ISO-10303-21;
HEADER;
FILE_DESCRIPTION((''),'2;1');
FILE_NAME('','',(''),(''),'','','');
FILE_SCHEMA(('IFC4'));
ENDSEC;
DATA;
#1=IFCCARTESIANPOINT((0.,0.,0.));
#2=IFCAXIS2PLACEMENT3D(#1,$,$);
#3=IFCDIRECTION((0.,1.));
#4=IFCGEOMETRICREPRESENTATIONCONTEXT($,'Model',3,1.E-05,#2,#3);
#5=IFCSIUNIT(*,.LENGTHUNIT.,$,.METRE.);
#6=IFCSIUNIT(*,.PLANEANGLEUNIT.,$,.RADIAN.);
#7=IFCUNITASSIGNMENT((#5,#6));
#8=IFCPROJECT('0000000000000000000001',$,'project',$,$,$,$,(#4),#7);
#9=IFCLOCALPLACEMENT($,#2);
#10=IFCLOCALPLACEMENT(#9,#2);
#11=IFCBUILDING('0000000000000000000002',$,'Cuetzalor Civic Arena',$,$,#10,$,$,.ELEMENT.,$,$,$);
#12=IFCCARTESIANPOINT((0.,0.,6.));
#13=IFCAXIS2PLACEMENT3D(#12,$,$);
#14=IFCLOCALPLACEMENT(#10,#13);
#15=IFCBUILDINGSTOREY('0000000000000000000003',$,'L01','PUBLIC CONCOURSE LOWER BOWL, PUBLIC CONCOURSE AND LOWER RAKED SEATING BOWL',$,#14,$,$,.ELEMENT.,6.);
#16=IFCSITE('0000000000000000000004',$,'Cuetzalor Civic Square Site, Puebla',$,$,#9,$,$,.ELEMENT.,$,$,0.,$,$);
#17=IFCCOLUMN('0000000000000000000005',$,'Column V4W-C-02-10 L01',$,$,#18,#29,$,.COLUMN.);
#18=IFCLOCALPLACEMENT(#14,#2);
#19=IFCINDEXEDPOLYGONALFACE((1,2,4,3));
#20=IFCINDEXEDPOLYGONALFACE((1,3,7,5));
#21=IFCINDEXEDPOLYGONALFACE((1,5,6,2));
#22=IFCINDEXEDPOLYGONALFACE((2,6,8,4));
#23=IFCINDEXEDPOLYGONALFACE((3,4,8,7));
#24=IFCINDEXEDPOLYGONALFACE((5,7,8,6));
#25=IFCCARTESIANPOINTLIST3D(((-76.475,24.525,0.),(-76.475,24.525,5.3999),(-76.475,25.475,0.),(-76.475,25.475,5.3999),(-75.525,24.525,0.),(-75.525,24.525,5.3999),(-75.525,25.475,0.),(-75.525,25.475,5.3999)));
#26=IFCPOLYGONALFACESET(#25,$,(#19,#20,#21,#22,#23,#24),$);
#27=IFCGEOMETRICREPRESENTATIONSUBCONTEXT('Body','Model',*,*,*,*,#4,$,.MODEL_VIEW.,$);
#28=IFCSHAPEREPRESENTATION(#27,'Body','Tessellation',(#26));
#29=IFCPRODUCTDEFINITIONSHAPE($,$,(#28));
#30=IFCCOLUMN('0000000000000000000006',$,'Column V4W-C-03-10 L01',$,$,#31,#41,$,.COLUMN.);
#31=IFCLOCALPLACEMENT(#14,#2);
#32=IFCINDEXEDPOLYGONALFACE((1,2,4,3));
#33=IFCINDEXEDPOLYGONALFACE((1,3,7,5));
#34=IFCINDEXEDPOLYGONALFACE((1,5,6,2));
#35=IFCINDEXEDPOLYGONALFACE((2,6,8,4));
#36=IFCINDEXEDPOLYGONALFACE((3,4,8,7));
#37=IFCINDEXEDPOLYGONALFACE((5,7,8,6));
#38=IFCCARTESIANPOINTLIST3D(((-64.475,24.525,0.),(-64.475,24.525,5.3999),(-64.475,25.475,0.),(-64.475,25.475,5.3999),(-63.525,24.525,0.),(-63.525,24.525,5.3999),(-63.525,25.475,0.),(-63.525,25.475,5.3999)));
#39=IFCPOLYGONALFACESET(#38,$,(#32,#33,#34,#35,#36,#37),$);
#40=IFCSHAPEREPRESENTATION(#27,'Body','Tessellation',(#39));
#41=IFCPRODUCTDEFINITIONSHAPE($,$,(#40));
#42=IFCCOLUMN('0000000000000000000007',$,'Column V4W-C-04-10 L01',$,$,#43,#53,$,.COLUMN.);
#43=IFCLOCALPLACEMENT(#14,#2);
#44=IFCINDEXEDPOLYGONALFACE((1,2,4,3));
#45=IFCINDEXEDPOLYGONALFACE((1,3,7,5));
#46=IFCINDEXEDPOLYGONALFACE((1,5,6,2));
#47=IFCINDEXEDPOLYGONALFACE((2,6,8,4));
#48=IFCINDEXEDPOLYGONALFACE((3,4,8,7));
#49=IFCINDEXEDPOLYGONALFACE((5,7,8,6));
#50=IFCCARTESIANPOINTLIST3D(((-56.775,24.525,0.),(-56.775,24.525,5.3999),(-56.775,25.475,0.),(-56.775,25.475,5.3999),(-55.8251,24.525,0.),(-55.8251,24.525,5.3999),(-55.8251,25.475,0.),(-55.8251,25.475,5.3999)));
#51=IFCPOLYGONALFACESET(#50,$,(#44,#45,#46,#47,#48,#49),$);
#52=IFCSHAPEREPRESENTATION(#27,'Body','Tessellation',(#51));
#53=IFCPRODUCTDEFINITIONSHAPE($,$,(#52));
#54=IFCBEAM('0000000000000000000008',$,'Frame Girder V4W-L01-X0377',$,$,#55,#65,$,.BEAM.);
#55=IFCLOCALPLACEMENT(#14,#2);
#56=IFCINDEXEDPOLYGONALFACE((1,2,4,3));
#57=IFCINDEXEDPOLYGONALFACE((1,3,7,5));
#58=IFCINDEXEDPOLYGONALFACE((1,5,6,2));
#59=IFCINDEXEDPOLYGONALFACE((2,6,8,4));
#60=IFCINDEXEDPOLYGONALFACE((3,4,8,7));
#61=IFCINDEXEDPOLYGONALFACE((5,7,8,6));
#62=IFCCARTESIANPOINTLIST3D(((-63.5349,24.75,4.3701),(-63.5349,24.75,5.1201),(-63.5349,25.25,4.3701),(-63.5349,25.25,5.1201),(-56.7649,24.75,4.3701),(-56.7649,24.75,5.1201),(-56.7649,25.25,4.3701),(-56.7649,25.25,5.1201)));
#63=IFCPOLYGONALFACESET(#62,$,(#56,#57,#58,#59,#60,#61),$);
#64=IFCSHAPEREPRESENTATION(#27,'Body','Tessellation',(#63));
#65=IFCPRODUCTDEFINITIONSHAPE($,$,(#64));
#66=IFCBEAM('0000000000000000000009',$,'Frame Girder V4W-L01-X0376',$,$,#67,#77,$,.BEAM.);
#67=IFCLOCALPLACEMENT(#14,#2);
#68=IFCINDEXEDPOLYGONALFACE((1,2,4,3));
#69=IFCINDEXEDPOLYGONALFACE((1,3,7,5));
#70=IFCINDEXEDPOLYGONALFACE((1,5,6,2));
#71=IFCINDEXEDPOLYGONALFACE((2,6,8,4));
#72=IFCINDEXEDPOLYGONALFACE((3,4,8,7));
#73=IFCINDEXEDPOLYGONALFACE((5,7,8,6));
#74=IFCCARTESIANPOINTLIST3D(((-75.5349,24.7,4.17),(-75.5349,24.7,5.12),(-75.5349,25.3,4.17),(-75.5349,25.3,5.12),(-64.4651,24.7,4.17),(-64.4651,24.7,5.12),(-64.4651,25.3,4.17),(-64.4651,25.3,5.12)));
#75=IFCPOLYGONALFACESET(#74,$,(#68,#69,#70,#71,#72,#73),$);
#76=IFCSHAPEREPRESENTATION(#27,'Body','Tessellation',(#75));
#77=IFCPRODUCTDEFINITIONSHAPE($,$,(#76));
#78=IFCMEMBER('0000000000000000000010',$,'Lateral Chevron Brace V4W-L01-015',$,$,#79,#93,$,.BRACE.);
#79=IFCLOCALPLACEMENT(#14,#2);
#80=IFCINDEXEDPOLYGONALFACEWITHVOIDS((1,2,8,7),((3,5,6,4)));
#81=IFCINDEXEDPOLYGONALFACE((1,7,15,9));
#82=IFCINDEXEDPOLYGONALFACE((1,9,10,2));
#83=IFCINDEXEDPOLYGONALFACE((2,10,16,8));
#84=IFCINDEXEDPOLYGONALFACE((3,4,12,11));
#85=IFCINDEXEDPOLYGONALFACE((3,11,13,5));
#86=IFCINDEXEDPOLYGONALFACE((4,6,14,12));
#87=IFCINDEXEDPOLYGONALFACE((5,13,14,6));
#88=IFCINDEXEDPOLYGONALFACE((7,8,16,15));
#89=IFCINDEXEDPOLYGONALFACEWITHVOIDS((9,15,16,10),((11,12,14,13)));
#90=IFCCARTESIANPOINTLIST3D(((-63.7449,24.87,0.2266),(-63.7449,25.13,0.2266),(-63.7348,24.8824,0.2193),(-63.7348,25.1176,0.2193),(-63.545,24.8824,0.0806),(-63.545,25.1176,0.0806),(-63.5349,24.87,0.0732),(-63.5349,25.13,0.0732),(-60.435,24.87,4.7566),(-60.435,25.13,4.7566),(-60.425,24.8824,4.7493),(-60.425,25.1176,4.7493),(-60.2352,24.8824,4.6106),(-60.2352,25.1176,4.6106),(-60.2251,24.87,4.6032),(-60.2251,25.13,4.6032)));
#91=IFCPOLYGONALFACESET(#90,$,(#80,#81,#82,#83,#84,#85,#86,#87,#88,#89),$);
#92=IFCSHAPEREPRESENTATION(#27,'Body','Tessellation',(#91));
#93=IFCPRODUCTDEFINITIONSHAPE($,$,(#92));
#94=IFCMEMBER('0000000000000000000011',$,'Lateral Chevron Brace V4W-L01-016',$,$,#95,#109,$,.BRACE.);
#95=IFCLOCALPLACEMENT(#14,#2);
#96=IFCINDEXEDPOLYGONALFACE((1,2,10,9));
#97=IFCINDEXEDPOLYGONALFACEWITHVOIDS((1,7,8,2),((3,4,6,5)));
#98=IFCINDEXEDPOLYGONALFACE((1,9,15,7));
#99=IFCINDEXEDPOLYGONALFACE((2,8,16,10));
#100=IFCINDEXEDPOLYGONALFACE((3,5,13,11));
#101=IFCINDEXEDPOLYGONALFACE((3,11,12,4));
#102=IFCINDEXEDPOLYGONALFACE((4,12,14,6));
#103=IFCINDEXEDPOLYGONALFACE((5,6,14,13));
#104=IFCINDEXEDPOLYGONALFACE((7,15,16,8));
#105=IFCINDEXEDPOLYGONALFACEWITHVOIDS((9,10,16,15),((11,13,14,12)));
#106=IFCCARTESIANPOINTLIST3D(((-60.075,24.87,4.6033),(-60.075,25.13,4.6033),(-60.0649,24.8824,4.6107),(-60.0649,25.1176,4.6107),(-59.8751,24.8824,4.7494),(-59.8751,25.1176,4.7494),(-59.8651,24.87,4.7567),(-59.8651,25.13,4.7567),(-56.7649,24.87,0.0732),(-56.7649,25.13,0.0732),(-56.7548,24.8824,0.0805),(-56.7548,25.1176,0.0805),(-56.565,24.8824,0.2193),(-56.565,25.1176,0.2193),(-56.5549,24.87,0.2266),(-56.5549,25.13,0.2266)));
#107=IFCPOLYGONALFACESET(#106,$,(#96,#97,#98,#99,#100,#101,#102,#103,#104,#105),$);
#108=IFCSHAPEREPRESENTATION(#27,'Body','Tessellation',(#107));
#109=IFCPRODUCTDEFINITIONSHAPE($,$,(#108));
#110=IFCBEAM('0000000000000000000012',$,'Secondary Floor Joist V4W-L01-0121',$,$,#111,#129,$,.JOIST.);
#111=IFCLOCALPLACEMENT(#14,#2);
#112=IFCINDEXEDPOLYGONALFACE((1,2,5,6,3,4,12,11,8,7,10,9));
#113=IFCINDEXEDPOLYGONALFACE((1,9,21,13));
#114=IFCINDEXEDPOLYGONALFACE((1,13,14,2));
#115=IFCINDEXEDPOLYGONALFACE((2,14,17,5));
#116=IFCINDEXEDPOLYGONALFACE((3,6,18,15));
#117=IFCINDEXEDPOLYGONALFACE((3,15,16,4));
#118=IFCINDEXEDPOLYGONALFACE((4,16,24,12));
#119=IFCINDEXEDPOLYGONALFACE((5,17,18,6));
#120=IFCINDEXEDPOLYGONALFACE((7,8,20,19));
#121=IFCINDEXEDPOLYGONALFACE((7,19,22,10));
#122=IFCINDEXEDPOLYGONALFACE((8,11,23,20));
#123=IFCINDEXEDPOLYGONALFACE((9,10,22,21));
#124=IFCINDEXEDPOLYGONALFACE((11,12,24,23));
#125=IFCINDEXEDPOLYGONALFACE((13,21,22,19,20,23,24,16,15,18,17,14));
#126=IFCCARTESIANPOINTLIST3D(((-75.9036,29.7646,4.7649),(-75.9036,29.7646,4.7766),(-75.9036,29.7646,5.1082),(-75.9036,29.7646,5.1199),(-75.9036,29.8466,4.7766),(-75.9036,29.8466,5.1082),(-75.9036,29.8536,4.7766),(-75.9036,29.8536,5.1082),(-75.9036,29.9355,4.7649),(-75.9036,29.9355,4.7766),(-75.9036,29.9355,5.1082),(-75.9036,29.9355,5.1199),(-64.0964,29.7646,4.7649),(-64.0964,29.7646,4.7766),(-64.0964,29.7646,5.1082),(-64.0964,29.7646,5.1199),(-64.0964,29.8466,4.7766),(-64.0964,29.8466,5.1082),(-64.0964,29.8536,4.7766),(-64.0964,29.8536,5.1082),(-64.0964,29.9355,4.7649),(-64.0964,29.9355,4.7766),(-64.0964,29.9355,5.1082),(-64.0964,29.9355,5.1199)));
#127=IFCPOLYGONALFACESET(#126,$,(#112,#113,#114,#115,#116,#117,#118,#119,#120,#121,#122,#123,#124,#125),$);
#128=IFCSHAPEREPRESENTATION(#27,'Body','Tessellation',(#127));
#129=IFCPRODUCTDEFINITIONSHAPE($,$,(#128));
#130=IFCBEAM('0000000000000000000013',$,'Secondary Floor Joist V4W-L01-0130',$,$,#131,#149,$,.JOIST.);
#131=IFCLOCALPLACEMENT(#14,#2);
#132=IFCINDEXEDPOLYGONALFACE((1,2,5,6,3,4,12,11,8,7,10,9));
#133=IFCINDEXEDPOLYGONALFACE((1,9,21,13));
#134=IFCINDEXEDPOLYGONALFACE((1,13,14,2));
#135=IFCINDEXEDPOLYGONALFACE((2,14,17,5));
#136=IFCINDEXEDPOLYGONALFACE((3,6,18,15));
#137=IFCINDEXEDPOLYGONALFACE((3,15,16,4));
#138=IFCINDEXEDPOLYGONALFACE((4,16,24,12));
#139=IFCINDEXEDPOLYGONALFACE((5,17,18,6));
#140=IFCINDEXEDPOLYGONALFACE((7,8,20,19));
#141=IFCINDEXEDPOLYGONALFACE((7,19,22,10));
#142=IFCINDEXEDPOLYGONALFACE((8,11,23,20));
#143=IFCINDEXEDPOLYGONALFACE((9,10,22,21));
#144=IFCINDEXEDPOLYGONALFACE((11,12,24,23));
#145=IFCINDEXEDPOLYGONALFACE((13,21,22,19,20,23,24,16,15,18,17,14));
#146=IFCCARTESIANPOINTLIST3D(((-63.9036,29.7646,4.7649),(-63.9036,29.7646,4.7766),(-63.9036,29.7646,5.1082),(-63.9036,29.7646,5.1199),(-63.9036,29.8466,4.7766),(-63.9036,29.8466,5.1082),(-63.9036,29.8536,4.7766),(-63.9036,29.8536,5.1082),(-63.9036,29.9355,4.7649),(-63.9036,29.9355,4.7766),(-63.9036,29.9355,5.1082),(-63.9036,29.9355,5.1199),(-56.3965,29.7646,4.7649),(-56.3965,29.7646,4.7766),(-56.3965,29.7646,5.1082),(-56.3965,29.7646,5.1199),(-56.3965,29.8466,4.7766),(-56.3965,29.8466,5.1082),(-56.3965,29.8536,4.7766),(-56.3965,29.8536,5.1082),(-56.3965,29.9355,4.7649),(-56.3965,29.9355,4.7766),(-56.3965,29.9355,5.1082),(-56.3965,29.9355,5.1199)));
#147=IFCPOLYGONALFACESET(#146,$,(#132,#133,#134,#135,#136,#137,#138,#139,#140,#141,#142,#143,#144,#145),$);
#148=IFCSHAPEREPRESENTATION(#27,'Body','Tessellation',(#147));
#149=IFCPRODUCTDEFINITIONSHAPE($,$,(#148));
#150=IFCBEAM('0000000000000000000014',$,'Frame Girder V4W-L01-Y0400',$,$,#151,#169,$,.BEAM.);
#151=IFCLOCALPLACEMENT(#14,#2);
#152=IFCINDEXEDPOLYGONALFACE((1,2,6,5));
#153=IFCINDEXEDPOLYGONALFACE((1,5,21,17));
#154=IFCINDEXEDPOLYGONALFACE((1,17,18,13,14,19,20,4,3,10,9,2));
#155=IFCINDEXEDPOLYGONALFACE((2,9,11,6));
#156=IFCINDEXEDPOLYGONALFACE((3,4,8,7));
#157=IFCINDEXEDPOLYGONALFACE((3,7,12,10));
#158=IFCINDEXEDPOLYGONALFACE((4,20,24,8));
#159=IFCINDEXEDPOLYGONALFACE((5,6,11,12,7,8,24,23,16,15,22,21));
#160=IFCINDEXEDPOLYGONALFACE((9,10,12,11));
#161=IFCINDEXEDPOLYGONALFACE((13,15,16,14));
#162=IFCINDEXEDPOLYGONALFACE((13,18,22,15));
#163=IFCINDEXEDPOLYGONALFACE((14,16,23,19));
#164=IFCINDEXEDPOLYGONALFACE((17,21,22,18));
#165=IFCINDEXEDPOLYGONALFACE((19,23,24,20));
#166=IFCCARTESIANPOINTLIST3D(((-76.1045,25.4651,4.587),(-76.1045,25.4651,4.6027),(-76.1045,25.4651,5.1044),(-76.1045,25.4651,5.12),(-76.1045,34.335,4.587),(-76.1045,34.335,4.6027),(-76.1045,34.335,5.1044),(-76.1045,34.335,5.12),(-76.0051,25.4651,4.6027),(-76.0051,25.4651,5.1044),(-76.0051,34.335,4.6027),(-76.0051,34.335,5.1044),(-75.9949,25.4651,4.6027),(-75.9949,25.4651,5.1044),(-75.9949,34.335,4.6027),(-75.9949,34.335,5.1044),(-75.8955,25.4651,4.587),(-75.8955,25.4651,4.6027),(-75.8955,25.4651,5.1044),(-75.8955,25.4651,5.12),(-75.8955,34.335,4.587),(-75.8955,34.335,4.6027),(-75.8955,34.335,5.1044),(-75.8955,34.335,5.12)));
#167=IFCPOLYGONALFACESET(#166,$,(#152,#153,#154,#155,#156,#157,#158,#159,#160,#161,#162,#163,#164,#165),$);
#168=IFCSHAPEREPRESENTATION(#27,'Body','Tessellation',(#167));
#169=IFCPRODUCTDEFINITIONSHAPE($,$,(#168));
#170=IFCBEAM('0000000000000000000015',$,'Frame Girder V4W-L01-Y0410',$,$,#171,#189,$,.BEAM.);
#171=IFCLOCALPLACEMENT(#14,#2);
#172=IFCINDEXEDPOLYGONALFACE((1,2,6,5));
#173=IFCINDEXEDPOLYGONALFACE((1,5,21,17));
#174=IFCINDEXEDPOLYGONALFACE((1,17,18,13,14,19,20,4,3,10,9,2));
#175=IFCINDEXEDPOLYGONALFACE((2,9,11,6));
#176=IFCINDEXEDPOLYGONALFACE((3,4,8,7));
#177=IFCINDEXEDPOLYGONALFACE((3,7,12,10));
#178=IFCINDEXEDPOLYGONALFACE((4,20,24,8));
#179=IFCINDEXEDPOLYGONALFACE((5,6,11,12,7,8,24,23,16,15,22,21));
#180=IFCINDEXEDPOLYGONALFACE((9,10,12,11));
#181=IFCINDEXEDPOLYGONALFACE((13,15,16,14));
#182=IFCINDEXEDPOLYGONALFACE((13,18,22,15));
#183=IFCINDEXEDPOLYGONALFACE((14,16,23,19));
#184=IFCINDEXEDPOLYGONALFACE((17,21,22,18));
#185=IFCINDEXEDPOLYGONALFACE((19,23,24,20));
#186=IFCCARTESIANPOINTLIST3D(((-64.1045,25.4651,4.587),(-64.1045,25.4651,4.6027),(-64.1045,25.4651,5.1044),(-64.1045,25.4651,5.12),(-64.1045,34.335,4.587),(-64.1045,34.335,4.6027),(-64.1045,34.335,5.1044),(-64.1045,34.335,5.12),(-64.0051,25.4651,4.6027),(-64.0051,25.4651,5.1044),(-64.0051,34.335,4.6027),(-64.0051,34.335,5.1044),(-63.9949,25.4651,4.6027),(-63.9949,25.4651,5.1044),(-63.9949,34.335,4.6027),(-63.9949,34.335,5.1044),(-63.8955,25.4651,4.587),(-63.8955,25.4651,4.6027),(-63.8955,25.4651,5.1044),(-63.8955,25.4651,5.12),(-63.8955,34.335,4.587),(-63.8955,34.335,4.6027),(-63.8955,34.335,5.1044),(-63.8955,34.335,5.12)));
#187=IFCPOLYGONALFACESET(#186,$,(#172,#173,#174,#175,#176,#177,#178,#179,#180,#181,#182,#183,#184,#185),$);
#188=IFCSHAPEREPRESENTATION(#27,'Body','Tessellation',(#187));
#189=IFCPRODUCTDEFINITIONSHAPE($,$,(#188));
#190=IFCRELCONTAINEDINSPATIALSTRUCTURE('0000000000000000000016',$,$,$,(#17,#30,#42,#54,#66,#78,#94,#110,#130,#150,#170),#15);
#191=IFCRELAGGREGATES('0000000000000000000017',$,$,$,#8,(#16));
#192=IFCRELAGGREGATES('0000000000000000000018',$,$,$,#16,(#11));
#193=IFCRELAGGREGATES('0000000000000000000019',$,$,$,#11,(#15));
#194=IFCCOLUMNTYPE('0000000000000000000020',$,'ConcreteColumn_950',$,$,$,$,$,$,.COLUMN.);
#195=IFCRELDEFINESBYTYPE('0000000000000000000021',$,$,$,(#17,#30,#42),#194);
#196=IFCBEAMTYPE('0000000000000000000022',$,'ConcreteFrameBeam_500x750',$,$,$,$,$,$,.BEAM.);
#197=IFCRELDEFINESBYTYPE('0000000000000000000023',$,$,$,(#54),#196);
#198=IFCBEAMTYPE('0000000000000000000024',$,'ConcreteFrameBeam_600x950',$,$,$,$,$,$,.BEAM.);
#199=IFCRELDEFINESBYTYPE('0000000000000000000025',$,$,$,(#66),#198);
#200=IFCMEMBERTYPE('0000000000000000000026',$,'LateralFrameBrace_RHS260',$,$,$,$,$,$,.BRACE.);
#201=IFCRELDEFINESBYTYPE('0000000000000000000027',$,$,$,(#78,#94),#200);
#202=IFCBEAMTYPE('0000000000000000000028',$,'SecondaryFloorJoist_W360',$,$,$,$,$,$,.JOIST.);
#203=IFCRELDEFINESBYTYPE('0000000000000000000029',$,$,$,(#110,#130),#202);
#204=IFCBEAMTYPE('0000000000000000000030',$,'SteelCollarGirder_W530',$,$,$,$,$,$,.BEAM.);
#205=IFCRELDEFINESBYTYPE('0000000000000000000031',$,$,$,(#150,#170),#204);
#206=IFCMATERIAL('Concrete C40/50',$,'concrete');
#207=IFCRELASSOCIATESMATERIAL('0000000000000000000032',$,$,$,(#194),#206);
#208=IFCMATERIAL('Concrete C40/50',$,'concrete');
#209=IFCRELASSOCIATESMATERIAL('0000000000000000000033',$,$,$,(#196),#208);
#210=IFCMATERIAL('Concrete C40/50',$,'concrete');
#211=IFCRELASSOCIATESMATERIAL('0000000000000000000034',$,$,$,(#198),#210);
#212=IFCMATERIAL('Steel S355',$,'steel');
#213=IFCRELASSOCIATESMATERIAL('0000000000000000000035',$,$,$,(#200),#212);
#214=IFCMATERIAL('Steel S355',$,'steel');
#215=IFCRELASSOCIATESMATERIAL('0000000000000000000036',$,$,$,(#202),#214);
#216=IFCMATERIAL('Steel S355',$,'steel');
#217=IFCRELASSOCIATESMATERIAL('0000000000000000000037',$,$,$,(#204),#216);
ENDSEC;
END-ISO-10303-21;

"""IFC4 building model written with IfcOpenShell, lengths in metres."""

from ifc_helpers import new_model, si_unit, direction, frame, origin, origin_2d, place, context, subcontext, project, spatial, rectangle, hollow_rectangle, i_section, extrude, material, material_profile, profile_set, type_object, element, save


model = new_model("IFC4")

# Units and contexts
model_context = context("Model", 3, precision=1e-05, world=origin(), true_north=direction((0.0, 1.0)))
body_context = subcontext(model_context, "Body", "Model", "MODEL_VIEW")
ifc_project = project(units=[si_unit("LENGTHUNIT", "METRE"), si_unit("PLANEANGLEUNIT", "RADIAN")], contexts=[model_context])

# Site, building, storey
site_placement = place(None, origin())
site = spatial("IfcSite", under=ifc_project, at=site_placement, Name="Cuetzalor Civic Square Site, Puebla", CompositionType="ELEMENT", RefElevation=0.0)
building_placement = place(site_placement, origin())
building = spatial("IfcBuilding", under=site, at=building_placement, Name="Cuetzalor Civic Arena", CompositionType="ELEMENT")
storey_placement = place(building_placement, frame((0.0, 0.0, 6.0)))
storey = spatial("IfcBuildingStorey", under=building, at=storey_placement, Name="L01", Description="PUBLIC CONCOURSE LOWER BOWL, PUBLIC CONCOURSE AND LOWER RAKED SEATING BOWL", CompositionType="ELEMENT", Elevation=6.0)

# Columns
ifc_material_1 = material(Name="Concrete C40/50", Category="concrete")
ifc_material_profile_1 = material_profile(ifc_material_1, rectangle(XDim=0.95, YDim=0.95, at=origin_2d()), Name="RC 950x950")
ifc_profile_set_1 = profile_set([ifc_material_profile_1], Name="Concrete C40/50")
column_type = type_object("IfcColumnType", Name="ConcreteColumn_950", PredefinedType="COLUMN", material=ifc_profile_set_1)
for number, where, z_axis, x_axis, name in (
    (1, (-76.0, 25.0, 0.0), (0.0, 0.0, 1.0), (1.0, 0.0, 0.0), "Column V4W-C-02-10 L01"),
    (2, (-64.0, 25.0, 0.0), (0.0, 0.0, 1.0), (1.0, 0.0, 0.0), "Column V4W-C-03-10 L01"),
    (3, (-56.3, 25.0, 0.0), (0.0, 0.0, 1.0), (1.0, 0.0, 0.0), "Column V4W-C-04-10 L01"),
):
    element("IfcColumn", number, at=place(storey_placement, frame(where, z_axis=z_axis, x_axis=x_axis)), inside=storey, type_object=column_type, Name=name, PredefinedType="COLUMN", context=body_context, shape_type="SweptSolid", body=[
        extrude(rectangle(XDim=0.95, YDim=0.95, at=origin_2d()), origin(), (0.0, 0.0, 1.0), 5.3999),
    ])

# Beams
ifc_material_2 = material(Name="Concrete C40/50", Category="concrete")
ifc_material_profile_2 = material_profile(ifc_material_2, rectangle(XDim=0.5, YDim=0.75, at=origin_2d()), Name="RC 500x750")
ifc_profile_set_2 = profile_set([ifc_material_profile_2], Name="Concrete C40/50")
beam_type_1 = type_object("IfcBeamType", Name="ConcreteFrameBeam_500x750", PredefinedType="BEAM", material=ifc_profile_set_2)
beam_1_placement = place(storey_placement, frame((-63.5349, 25.0, 4.7451), z_axis=(1.0, 0.0, 0.0), x_axis=(0.0, 1.0, 0.0)))
element("IfcBeam", 4, at=beam_1_placement, inside=storey, type_object=beam_type_1, Name="Frame Girder V4W-L01-X0377", PredefinedType="BEAM", context=body_context, shape_type="SweptSolid", body=[
    extrude(rectangle(XDim=0.5, YDim=0.75, at=origin_2d()), origin(), (0.0, 0.0, 1.0), 6.77),
])
ifc_material_3 = material(Name="Concrete C40/50", Category="concrete")
ifc_material_profile_3 = material_profile(ifc_material_3, rectangle(XDim=0.6001, YDim=0.95, at=origin_2d()), Name="RC 600x950")
ifc_profile_set_3 = profile_set([ifc_material_profile_3], Name="Concrete C40/50")
beam_type_2 = type_object("IfcBeamType", Name="ConcreteFrameBeam_600x950", PredefinedType="BEAM", material=ifc_profile_set_3)
beam_2_placement = place(storey_placement, frame((-75.5349, 25.0, 4.645), z_axis=(1.0, 0.0, 0.0), x_axis=(0.0, 1.0, 0.0)))
element("IfcBeam", 5, at=beam_2_placement, inside=storey, type_object=beam_type_2, Name="Frame Girder V4W-L01-X0376", PredefinedType="BEAM", context=body_context, shape_type="SweptSolid", body=[
    extrude(rectangle(XDim=0.6001, YDim=0.95, at=origin_2d()), origin(), (0.0, 0.0, 1.0), 11.0698),
])

# Members
ifc_material_4 = material(Name="Steel S355", Category="steel")
ifc_material_profile_4 = material_profile(ifc_material_4, hollow_rectangle(XDim=0.26, YDim=0.26, WallThickness=0.0125, at=origin_2d()), Name="RHS 260x260x12.5")
ifc_profile_set_4 = profile_set([ifc_material_profile_4], Name="Steel S355")
member_type = type_object("IfcMemberType", Name="LateralFrameBrace_RHS260", PredefinedType="BRACE", material=ifc_profile_set_4)
member_1_placement = place(storey_placement, frame((-63.6399, 25.0, 0.1499), z_axis=(0.589948, 0.0, 0.807441), x_axis=(0.0, 1.0, 0.0)))
element("IfcMember", 6, at=member_1_placement, inside=storey, type_object=member_type, Name="Lateral Chevron Brace V4W-L01-015", PredefinedType="BRACE", context=body_context, shape_type="SweptSolid", body=[
    extrude(hollow_rectangle(XDim=0.26, YDim=0.26, WallThickness=0.0125, at=origin_2d()), origin(), (0.0, 0.0, 1.0), 5.6104),
])
member_2_placement = place(storey_placement, frame((-56.6599, 25.0, 0.1499), z_axis=(-0.589976, 0.0, 0.807421), x_axis=(0.0, -1.0, 0.0)))
element("IfcMember", 7, at=member_2_placement, inside=storey, type_object=member_type, Name="Lateral Chevron Brace V4W-L01-016", PredefinedType="BRACE", context=body_context, shape_type="SweptSolid", body=[
    extrude(hollow_rectangle(XDim=0.26, YDim=0.26, WallThickness=0.0125, at=origin_2d()), origin(), (0.0, 0.0, 1.0), 5.6106),
])

# Beams
ifc_material_5 = material(Name="Steel S355", Category="steel")
ifc_material_profile_5 = material_profile(ifc_material_5, i_section(OverallWidth=0.1709, OverallDepth=0.355, WebThickness=0.0071, FlangeThickness=0.0117, at=origin_2d()), Name="W360x51")
ifc_profile_set_5 = profile_set([ifc_material_profile_5], Name="Steel S355")
beam_type_3 = type_object("IfcBeamType", Name="SecondaryFloorJoist_W360", PredefinedType="JOIST", material=ifc_profile_set_5)
beam_3_placement = place(storey_placement, frame((-75.9036, 29.8501, 4.9424), z_axis=(1.0, 0.0, 0.0), x_axis=(0.0, 1.0, 0.0)))
element("IfcBeam", 8, at=beam_3_placement, inside=storey, type_object=beam_type_3, Name="Secondary Floor Joist V4W-L01-0121", PredefinedType="JOIST", context=body_context, shape_type="SweptSolid", body=[
    extrude(i_section(OverallWidth=0.1709, OverallDepth=0.355, WebThickness=0.0071, FlangeThickness=0.0117, at=origin_2d()), origin(), (0.0, 0.0, 1.0), 11.8071),
])
beam_4_placement = place(storey_placement, frame((-63.9036, 29.8501, 4.9424), z_axis=(1.0, 0.0, 0.0), x_axis=(0.0, 1.0, 0.0)))
element("IfcBeam", 9, at=beam_4_placement, inside=storey, type_object=beam_type_3, Name="Secondary Floor Joist V4W-L01-0130", PredefinedType="JOIST", context=body_context, shape_type="SweptSolid", body=[
    extrude(i_section(OverallWidth=0.1709, OverallDepth=0.355, WebThickness=0.0071, FlangeThickness=0.0117, at=origin_2d()), origin(), (0.0, 0.0, 1.0), 7.5071),
])
ifc_material_6 = material(Name="Steel S355", Category="steel")
ifc_material_profile_6 = material_profile(ifc_material_6, i_section(OverallWidth=0.209, OverallDepth=0.533, WebThickness=0.0103, FlangeThickness=0.0156, at=origin_2d()), Name="W530x92")
ifc_profile_set_6 = profile_set([ifc_material_profile_6], Name="Steel S355")
beam_type_4 = type_object("IfcBeamType", Name="SteelCollarGirder_W530", PredefinedType="BEAM", material=ifc_profile_set_6)
for number, where, z_axis, x_axis, name in (
    (10, (-76.0, 25.4651, 4.8535), (0.0, 1.0, 0.0), (-1.0, 0.0, 0.0), "Frame Girder V4W-L01-Y0400"),
    (11, (-64.0, 25.4651, 4.8535), (0.0, 1.0, 0.0), (-1.0, 0.0, 0.0), "Frame Girder V4W-L01-Y0410"),
):
    element("IfcBeam", number, at=place(storey_placement, frame(where, z_axis=z_axis, x_axis=x_axis)), inside=storey, type_object=beam_type_4, Name=name, PredefinedType="BEAM", context=body_context, shape_type="SweptSolid", body=[
        extrude(i_section(OverallWidth=0.209, OverallDepth=0.533, WebThickness=0.0103, FlangeThickness=0.0156, at=origin_2d()), origin(), (0.0, 0.0, 1.0), 8.8699),
    ])

save(model, "model.ifc")
